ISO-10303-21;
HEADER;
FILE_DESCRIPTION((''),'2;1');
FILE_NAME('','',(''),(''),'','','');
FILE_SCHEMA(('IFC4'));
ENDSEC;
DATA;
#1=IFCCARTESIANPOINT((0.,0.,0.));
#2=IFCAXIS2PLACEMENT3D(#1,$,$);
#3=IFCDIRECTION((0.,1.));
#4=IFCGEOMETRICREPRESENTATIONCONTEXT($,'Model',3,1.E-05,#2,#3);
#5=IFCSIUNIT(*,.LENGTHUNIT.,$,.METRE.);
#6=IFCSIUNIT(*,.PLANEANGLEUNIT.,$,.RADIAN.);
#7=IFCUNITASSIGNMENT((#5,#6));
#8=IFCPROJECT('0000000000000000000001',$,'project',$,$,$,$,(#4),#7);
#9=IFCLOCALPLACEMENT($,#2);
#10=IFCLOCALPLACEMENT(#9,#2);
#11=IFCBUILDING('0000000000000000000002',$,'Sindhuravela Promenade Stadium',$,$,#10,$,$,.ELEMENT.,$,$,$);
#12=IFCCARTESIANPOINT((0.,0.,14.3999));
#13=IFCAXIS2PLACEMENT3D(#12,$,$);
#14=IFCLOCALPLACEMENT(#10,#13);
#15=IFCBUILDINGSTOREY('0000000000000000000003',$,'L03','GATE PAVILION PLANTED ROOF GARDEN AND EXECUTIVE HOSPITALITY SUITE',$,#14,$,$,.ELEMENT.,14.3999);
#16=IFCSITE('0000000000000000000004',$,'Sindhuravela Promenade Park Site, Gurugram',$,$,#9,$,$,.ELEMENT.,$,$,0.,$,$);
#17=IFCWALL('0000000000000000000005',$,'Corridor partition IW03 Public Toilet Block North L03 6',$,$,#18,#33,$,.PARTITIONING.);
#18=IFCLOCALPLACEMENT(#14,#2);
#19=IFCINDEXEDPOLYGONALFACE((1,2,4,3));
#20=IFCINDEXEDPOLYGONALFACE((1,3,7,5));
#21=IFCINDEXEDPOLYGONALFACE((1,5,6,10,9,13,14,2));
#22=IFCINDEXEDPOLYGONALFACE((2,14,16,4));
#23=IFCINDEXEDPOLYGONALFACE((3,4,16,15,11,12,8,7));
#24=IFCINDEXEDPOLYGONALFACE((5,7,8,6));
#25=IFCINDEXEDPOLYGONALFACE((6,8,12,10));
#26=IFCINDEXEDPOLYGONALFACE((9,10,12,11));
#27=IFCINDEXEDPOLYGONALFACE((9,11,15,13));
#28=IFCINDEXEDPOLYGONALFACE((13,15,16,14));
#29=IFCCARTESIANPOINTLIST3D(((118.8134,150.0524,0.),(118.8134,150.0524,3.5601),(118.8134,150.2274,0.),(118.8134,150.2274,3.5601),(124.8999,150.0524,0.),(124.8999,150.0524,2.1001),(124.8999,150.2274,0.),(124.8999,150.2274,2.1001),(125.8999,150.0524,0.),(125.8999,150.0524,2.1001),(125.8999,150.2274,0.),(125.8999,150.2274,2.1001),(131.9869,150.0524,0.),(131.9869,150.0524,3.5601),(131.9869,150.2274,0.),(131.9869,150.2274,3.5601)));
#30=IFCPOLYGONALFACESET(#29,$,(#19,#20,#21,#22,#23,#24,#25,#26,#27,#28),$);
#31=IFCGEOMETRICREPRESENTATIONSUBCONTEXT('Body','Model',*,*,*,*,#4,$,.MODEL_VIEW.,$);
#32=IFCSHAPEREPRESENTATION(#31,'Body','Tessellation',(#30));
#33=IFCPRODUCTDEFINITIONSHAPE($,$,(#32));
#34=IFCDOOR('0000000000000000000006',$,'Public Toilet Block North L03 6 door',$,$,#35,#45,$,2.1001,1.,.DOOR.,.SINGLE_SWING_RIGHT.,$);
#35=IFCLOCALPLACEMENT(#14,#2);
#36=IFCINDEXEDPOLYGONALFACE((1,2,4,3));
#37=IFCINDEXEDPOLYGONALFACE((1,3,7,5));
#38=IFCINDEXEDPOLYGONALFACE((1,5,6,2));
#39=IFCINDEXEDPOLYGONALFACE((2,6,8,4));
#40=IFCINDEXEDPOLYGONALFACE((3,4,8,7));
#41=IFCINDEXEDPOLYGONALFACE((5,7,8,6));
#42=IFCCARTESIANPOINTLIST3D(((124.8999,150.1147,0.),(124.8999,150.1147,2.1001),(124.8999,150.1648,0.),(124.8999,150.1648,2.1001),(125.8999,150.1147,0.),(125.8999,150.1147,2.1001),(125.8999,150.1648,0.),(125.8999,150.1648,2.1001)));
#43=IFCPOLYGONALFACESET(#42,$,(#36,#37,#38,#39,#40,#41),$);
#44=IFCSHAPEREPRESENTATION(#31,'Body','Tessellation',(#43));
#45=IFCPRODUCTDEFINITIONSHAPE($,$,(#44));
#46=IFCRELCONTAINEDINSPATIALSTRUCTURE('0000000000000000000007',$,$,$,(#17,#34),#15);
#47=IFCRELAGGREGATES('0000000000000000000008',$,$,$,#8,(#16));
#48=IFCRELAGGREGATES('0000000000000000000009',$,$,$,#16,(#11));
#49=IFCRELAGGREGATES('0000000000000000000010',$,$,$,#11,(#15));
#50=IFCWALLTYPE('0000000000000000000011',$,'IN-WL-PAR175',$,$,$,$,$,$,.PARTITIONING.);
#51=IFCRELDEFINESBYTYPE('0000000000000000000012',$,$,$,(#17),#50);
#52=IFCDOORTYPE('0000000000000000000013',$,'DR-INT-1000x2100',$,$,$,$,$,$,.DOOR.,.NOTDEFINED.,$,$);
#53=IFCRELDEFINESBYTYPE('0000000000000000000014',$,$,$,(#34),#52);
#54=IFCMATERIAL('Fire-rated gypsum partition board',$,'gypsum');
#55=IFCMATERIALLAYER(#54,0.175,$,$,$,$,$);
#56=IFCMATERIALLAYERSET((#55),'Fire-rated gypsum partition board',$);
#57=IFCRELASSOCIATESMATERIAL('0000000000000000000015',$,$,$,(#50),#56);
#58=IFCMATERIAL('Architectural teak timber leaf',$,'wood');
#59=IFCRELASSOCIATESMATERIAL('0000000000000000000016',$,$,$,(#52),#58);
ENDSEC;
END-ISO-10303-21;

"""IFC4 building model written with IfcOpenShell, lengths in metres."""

from ifc_helpers import new_model, si_unit, direction, frame, frame_2d, origin, place, context, subcontext, project, spatial, rectangle, extrude, material, layer, layer_set, type_object, element, fill, save


model = new_model("IFC4")

# Units and contexts
model_context = context("Model", 3, precision=1e-05, world=origin(), true_north=direction((0.0, 1.0)))
body_context = subcontext(model_context, "Body", "Model", "MODEL_VIEW")
ifc_project = project(units=[si_unit("LENGTHUNIT", "METRE"), si_unit("PLANEANGLEUNIT", "RADIAN")], contexts=[model_context])

# Site, building, storey
site_placement = place(None, origin())
site = spatial("IfcSite", under=ifc_project, at=site_placement, Name="Sindhuravela Promenade Park Site, Gurugram", CompositionType="ELEMENT", RefElevation=0.0)
building_placement = place(site_placement, origin())
building = spatial("IfcBuilding", under=site, at=building_placement, Name="Sindhuravela Promenade Stadium", CompositionType="ELEMENT")
storey_placement = place(building_placement, frame((0.0, 0.0, 14.3999)))
storey = spatial("IfcBuildingStorey", under=building, at=storey_placement, Name="L03", Description="GATE PAVILION PLANTED ROOF GARDEN AND EXECUTIVE HOSPITALITY SUITE", CompositionType="ELEMENT", Elevation=14.3999)

# Shared definitions
ifc_material_1 = material(Name="Fire-rated gypsum partition board", Category="gypsum")

# Wall, opening, door
ifc_layer_1 = layer(ifc_material_1, 0.175)
ifc_layer_set_1 = layer_set([ifc_layer_1], Name="Fire-rated gypsum partition board")
wall_type_1 = type_object("IfcWallType", Name="IN-WL-PAR175", PredefinedType="PARTITIONING", material=ifc_layer_set_1)
wall_1_placement = place(storey_placement, frame((118.8132, 150.1399, 0.0), z_axis=(0.0, 0.0, 1.0), x_axis=(1.0, 0.0, 0.0)))
wall_1 = element("IfcWall", 1, at=wall_1_placement, inside=storey, type_object=wall_type_1, Name="Corridor partition IW03 Public Toilet Block North L03 6", PredefinedType="PARTITIONING", context=body_context, shape_type="SweptSolid", body=[
    extrude(rectangle(XDim=13.1736, YDim=0.175, at=frame_2d((6.5869, 0.0))), origin(), (0.0, 0.0, 1.0), 3.5601),
])
opening_1_placement = place(wall_1_placement, frame((6.0867, 0.0, 0.0)))
opening_1 = element("IfcOpeningElement", 2, at=opening_1_placement, cuts=wall_1, PredefinedType="OPENING", context=body_context, shape_type="SweptSolid", body=[
    extrude(rectangle(XDim=1.0, YDim=2.1001, at=frame_2d((0.5, 1.05))), frame((0.0, 0.0974, 0.0), z_axis=(0.0, -1.0, 0.0), x_axis=(1.0, 0.0, 0.0)), (0.0, 0.0, 1.0), 0.1951),
])
ifc_material_2 = material(Name="Architectural teak timber leaf", Category="wood")
door_type = type_object("IfcDoorType", Name="DR-INT-1000x2100", OperationType="NOTDEFINED", PredefinedType="DOOR", material=ifc_material_2)
door_placement = place(opening_1_placement, origin())
door = element("IfcDoor", 3, at=door_placement, inside=storey, type_object=door_type, Name="Public Toilet Block North L03 6 door", OperationType="SINGLE_SWING_RIGHT", OverallHeight=2.1001, OverallWidth=1.0, PredefinedType="DOOR", context=body_context, shape_type="SweptSolid", body=[
    extrude(rectangle(XDim=1.0, YDim=2.1001, at=frame_2d((0.5, 1.05))), frame((0.0, 0.0249, 0.0), z_axis=(0.0, -1.0, 0.0), x_axis=(1.0, 0.0, 0.0)), (0.0, 0.0, 1.0), 0.05),
])
fill(opening_1, door)

save(model, "model.ifc")
